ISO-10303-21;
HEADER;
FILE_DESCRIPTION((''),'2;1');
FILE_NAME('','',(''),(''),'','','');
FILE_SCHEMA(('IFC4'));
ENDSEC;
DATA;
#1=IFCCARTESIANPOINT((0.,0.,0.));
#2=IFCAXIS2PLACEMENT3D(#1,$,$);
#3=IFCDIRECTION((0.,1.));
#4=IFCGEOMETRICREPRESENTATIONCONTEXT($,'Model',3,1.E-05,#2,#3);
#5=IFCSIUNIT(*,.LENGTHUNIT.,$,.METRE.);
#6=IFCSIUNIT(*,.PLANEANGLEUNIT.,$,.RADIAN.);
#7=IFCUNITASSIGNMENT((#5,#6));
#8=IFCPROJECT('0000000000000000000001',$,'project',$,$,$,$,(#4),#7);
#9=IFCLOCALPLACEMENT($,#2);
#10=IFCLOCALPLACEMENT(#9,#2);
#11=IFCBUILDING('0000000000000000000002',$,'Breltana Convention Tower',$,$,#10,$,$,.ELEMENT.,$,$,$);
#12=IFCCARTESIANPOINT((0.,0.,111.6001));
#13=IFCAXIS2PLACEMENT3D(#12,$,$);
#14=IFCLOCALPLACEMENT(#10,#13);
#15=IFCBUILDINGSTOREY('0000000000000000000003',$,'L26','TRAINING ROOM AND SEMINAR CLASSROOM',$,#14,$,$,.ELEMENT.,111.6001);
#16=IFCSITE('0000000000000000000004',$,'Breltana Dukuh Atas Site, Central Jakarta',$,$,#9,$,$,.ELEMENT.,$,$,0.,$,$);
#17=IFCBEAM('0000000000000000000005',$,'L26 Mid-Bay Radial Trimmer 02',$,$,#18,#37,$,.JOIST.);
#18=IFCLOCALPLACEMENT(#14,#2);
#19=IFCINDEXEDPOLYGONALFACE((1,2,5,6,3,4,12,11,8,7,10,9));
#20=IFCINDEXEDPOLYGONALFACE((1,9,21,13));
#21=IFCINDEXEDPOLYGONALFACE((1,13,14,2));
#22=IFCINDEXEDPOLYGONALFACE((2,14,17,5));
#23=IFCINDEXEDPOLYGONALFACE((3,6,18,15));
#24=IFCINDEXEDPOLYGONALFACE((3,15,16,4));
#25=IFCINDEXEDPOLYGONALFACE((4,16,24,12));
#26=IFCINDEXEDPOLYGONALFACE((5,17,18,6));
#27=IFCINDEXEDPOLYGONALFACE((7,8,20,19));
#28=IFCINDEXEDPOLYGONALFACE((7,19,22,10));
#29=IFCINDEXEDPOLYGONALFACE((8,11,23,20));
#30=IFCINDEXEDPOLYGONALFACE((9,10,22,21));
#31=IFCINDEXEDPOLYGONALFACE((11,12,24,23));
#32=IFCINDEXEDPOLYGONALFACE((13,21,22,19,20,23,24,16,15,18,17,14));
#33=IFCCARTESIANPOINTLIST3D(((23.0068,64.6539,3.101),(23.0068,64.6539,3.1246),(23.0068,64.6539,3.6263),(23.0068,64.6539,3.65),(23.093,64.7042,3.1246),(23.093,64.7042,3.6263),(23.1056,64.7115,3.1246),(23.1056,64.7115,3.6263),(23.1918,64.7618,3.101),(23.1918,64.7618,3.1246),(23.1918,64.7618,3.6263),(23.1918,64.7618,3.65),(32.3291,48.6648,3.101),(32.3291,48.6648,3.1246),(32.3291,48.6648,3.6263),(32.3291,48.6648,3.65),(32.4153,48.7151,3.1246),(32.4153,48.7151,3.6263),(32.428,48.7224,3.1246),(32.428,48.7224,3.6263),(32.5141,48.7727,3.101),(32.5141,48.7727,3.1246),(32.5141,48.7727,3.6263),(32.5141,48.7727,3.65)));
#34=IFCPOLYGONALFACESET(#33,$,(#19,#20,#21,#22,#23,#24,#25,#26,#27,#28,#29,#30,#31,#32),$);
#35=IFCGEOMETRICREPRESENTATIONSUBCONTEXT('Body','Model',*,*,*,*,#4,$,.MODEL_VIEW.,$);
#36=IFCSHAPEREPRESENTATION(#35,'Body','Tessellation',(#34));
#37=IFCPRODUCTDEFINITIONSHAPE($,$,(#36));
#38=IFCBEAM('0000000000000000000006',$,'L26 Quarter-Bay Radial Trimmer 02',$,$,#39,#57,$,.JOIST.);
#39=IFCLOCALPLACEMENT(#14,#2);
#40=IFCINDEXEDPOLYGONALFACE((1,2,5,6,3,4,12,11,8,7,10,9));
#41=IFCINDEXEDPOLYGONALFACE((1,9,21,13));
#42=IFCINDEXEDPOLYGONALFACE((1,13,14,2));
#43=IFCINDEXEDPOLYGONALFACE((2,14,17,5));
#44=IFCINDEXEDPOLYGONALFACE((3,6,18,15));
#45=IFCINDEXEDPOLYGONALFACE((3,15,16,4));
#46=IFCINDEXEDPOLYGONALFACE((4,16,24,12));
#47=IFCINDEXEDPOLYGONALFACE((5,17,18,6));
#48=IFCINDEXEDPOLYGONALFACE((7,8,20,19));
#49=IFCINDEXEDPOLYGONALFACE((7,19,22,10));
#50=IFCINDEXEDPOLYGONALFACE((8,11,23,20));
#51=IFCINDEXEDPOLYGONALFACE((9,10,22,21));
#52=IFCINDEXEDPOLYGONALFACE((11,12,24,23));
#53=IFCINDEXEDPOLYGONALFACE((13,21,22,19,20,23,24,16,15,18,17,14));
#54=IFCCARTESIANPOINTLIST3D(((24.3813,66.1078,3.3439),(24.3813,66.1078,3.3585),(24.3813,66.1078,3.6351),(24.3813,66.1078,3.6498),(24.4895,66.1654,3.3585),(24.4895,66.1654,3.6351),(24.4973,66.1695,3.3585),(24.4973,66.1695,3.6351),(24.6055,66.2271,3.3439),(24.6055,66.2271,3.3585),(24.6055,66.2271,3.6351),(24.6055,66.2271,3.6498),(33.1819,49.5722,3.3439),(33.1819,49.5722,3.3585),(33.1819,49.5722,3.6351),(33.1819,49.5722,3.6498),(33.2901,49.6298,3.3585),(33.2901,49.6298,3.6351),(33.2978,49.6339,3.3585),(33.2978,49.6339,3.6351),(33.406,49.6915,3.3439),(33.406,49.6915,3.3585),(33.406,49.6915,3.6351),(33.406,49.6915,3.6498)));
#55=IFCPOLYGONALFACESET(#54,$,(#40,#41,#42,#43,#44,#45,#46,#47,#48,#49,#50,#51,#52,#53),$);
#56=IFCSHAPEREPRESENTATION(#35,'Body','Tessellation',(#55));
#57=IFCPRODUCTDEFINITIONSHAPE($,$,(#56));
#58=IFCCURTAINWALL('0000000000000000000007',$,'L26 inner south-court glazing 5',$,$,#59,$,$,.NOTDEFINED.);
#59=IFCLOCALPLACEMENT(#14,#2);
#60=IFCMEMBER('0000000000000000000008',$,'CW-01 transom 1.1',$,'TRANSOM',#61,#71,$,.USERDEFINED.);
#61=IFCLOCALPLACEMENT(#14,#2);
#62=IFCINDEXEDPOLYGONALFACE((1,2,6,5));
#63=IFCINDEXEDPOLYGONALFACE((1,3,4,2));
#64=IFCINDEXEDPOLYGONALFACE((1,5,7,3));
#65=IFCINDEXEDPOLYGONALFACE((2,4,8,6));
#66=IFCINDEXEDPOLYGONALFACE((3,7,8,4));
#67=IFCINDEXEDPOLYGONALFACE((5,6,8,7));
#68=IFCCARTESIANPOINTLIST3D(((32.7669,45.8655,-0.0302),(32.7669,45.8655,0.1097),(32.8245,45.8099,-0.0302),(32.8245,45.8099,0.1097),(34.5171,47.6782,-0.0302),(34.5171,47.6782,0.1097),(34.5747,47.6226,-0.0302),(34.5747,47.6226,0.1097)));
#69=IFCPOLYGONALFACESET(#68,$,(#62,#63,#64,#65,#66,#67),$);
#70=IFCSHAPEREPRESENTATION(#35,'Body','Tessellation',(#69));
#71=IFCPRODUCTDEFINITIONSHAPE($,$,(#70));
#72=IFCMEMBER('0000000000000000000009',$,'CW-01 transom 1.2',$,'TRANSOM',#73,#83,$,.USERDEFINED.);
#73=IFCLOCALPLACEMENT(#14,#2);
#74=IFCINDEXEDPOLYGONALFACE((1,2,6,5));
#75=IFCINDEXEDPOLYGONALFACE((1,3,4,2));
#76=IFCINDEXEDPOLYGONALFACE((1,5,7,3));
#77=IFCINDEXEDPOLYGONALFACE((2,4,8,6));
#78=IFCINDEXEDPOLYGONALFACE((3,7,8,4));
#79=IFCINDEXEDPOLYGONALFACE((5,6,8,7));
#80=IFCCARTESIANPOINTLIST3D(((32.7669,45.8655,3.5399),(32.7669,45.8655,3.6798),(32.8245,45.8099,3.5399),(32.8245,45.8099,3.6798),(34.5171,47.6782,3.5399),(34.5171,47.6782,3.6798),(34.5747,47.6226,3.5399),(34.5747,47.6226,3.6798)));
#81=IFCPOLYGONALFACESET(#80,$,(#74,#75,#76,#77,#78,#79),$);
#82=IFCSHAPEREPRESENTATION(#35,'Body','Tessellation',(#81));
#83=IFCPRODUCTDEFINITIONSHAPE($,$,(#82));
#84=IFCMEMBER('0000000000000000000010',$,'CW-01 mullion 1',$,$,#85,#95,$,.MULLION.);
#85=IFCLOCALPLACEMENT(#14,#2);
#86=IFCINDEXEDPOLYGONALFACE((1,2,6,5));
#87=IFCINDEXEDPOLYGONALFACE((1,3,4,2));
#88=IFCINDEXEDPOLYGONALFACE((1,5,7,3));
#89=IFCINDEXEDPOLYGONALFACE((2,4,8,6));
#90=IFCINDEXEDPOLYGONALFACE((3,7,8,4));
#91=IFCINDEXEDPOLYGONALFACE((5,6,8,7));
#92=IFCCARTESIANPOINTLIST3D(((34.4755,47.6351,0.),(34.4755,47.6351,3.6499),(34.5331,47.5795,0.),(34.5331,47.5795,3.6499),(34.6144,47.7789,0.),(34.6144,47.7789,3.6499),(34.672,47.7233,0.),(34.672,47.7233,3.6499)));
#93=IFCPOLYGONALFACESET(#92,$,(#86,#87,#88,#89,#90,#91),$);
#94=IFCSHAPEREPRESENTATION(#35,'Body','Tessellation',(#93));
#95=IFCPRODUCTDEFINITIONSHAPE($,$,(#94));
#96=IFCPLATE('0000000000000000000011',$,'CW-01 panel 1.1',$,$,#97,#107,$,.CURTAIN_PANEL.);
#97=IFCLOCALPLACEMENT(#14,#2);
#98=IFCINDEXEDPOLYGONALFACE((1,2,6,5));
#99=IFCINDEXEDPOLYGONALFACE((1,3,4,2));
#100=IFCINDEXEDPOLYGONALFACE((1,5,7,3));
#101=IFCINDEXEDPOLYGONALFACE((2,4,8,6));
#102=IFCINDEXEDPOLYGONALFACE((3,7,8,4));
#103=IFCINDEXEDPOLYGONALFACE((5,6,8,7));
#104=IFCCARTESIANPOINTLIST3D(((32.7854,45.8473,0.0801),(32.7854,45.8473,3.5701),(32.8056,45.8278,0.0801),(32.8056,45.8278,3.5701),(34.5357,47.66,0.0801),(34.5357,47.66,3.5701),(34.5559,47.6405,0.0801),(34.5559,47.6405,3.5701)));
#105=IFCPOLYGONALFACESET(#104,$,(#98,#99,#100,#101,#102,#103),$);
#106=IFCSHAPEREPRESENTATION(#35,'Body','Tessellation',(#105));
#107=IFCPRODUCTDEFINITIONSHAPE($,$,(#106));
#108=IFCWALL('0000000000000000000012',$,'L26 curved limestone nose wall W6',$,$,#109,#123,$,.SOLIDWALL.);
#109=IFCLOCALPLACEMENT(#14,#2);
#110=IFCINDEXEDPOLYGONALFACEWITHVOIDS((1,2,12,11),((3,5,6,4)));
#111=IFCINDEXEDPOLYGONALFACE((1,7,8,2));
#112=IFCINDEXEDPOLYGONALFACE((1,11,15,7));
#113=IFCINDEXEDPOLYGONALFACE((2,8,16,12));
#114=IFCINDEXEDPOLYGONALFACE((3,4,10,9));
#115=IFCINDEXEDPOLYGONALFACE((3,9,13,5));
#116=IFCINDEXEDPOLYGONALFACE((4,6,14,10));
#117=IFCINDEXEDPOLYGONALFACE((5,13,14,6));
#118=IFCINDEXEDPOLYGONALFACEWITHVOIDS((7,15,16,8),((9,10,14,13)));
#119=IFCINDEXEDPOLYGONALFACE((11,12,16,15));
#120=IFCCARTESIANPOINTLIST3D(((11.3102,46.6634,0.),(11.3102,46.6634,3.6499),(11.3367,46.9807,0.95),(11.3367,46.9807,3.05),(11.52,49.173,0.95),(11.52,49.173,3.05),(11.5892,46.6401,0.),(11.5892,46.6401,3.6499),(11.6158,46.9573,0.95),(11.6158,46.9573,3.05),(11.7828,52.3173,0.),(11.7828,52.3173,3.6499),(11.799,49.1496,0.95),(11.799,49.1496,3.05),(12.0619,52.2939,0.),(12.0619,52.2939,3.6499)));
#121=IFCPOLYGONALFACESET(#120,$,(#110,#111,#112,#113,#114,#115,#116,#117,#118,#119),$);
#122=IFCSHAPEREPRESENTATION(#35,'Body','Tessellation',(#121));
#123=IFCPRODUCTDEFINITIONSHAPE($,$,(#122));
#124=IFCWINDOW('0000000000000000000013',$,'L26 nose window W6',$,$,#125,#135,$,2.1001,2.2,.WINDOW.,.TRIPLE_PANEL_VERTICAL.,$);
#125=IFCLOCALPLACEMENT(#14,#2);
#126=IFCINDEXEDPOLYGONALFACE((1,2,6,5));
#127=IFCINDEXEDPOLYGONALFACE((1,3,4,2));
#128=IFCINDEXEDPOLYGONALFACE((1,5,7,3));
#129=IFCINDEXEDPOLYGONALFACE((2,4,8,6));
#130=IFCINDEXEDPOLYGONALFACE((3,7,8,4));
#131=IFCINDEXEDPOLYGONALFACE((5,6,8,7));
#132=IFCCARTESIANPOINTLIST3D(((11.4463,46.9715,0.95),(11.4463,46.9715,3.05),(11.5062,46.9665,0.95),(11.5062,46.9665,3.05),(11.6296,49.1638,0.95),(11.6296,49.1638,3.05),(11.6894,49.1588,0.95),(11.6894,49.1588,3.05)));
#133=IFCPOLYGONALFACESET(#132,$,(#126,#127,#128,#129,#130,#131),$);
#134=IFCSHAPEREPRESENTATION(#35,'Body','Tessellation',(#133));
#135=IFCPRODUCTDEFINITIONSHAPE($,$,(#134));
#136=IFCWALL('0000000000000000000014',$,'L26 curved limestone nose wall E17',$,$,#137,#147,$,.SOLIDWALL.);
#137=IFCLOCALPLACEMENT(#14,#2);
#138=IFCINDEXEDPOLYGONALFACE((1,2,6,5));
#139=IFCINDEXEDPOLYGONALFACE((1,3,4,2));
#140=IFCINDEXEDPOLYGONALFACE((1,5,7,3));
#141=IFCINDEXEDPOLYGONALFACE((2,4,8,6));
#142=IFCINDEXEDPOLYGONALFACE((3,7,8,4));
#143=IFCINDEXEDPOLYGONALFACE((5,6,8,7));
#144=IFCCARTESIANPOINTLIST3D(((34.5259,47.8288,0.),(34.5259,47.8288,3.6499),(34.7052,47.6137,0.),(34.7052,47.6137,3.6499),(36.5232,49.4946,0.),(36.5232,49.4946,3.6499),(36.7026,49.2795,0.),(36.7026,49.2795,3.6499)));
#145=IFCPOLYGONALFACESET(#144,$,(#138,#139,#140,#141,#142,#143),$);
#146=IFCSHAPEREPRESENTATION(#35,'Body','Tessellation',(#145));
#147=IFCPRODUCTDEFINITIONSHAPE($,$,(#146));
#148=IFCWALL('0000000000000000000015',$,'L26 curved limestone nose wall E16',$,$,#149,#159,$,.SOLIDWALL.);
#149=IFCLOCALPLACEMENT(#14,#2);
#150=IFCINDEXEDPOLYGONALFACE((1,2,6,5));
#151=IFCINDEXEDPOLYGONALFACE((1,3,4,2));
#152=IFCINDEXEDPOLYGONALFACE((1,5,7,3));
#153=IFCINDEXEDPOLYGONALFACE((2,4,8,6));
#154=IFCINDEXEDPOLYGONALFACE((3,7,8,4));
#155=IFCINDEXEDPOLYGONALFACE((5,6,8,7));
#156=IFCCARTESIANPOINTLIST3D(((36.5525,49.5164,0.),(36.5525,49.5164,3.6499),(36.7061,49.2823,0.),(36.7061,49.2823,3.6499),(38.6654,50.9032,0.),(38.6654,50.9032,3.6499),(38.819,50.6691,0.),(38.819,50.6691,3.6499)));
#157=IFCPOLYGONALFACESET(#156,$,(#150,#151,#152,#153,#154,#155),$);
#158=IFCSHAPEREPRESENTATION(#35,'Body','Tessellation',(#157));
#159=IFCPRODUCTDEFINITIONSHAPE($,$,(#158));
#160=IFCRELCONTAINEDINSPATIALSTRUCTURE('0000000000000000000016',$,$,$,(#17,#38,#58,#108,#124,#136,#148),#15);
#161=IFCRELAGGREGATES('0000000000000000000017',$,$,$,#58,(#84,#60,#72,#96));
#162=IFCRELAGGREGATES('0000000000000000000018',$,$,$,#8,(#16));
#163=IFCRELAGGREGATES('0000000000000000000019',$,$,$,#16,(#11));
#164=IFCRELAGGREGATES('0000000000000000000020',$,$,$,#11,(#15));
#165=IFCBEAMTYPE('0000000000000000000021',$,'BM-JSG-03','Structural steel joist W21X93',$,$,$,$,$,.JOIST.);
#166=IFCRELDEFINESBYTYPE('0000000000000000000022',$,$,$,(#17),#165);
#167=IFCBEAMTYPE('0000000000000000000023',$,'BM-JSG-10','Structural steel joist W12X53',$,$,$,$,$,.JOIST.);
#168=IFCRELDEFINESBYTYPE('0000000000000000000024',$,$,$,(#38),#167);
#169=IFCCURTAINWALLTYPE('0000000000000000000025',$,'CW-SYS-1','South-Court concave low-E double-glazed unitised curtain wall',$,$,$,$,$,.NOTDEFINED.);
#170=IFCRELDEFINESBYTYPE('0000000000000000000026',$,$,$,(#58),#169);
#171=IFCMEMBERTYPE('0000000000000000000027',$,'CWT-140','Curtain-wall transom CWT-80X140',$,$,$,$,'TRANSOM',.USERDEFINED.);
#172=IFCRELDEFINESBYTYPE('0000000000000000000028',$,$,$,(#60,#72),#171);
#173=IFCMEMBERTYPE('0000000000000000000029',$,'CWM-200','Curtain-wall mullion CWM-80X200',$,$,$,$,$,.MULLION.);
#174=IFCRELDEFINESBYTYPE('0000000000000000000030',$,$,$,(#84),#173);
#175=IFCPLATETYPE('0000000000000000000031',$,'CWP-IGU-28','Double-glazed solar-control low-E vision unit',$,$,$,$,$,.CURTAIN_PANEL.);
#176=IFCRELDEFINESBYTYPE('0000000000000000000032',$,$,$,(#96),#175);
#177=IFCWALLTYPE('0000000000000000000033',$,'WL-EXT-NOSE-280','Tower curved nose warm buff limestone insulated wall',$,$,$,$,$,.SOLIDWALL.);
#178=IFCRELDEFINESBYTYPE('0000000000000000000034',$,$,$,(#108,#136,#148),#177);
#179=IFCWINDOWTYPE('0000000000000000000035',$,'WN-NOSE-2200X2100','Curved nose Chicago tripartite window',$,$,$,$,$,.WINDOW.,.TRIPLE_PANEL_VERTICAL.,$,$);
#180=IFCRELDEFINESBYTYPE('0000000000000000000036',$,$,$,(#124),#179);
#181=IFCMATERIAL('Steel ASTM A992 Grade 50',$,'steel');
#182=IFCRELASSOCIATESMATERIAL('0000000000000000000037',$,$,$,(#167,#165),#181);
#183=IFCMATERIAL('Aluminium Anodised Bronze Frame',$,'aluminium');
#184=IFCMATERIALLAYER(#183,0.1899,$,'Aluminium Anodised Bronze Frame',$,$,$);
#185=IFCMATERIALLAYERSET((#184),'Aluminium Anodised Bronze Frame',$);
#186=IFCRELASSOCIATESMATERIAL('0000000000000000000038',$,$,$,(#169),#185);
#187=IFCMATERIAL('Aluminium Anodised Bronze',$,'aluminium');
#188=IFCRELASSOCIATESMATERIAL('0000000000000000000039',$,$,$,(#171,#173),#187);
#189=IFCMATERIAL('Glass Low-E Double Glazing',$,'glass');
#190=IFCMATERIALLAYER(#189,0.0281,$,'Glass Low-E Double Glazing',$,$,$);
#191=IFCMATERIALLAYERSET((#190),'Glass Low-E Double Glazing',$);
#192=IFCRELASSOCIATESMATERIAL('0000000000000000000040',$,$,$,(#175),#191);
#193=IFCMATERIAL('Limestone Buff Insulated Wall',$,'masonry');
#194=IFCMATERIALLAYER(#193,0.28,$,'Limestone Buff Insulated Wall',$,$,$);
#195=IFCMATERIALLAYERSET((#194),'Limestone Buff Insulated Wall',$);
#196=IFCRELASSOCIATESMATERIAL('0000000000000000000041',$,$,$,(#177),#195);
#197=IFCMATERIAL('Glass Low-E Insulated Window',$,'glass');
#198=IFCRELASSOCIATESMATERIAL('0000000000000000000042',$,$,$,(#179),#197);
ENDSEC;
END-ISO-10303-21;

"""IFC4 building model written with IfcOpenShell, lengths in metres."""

from ifc_helpers import new_model, si_unit, direction, frame, frame_2d, origin, origin_2d, place, context, subcontext, project, spatial, rectangle, i_section, extrude, source, transform, mapped, material, layer, layer_set, material_profile, profile_set, type_object, type_shapes, element, fill, aggregate, save


model = new_model("IFC4")

# Units and contexts
model_context = context("Model", 3, precision=1e-05, world=origin(), true_north=direction((0.0, 1.0)))
body_context = subcontext(model_context, "Body", "Model", "MODEL_VIEW")
ifc_project = project(units=[si_unit("LENGTHUNIT", "METRE"), si_unit("PLANEANGLEUNIT", "RADIAN")], contexts=[model_context])

# Site, building, storey
site_placement = place(None, origin())
site = spatial("IfcSite", under=ifc_project, at=site_placement, Name="Breltana Dukuh Atas Site, Central Jakarta", CompositionType="ELEMENT", RefElevation=0.0)
building_placement = place(site_placement, origin())
building = spatial("IfcBuilding", under=site, at=building_placement, Name="Breltana Convention Tower", CompositionType="ELEMENT")
storey_placement = place(building_placement, frame((0.0, 0.0, 111.6001)))
storey = spatial("IfcBuildingStorey", under=building, at=storey_placement, Name="L26", Description="TRAINING ROOM AND SEMINAR CLASSROOM", CompositionType="ELEMENT", Elevation=111.6001)

# Beams
ifc_material_1 = material(Name="Steel ASTM A992 Grade 50", Category="steel")
ifc_material_profile_1 = material_profile(ifc_material_1, i_section(OverallWidth=0.2539, OverallDepth=0.3059, WebThickness=0.0088, FlangeThickness=0.0146, at=origin_2d()), Name="W12X53")
ifc_profile_set_1 = profile_set([ifc_material_profile_1], Name="Steel ASTM A992 Grade 50")
beam_type_1 = type_object("IfcBeamType", Name="BM-JSG-10", Description="Structural steel joist W12X53", PredefinedType="JOIST", material=ifc_profile_set_1)
ifc_material_profile_2 = material_profile(ifc_material_1, i_section(OverallWidth=0.2141, OverallDepth=0.5491, WebThickness=0.0146, FlangeThickness=0.0237, at=origin_2d()), Name="W21X93")
ifc_profile_set_2 = profile_set([ifc_material_profile_2], Name="Steel ASTM A992 Grade 50")
beam_type_2 = type_object("IfcBeamType", Name="BM-JSG-03", Description="Structural steel joist W21X93", PredefinedType="JOIST", material=ifc_profile_set_2)
shared_shape_1 = source(origin(), body_context, "Body", "SweptSolid", [
    extrude(i_section(OverallWidth=0.2141, OverallDepth=0.5491, WebThickness=0.0146, FlangeThickness=0.0237, at=origin_2d()), origin(), (0.0, 0.0, 1.0), 18.5083),
])
beam_1_placement = place(storey_placement, frame((32.4216, 48.7188, 3.3755), z_axis=(-0.503683, 0.863888, 0.0), x_axis=(-0.863888, -0.503683, 0.0)))
element("IfcBeam", 1, at=beam_1_placement, inside=storey, type_object=beam_type_2, Name="L26 Mid-Bay Radial Trimmer 02", PredefinedType="JOIST", context=body_context, shape_type="MappedRepresentation", body=[
    mapped(shared_shape_1, transform((0.0, 0.0, 0.0), scale=1.0)),
])
shared_shape_2 = source(origin(), body_context, "Body", "SweptSolid", [
    extrude(i_section(OverallWidth=0.2539, OverallDepth=0.3059, WebThickness=0.0088, FlangeThickness=0.0146, at=origin_2d()), origin(), (0.0, 0.0, 1.0), 18.7317),
])
beam_2_placement = place(storey_placement, frame((33.2939, 49.6318, 3.4968), z_axis=(-0.46982, 0.882762, 0.0), x_axis=(-0.882762, -0.46982, 0.0)))
element("IfcBeam", 2, at=beam_2_placement, inside=storey, type_object=beam_type_1, Name="L26 Quarter-Bay Radial Trimmer 02", PredefinedType="JOIST", context=body_context, shape_type="MappedRepresentation", body=[
    mapped(shared_shape_2, transform((0.0, 0.0, 0.0), scale=1.0)),
])

# Curtain wall, members, plate
ifc_material_2 = material(Name="Aluminium Anodised Bronze Frame", Category="aluminium")
ifc_layer_1 = layer(ifc_material_2, 0.1899, Name="Aluminium Anodised Bronze Frame")
ifc_layer_set_1 = layer_set([ifc_layer_1], Name="Aluminium Anodised Bronze Frame")
curtain_wall_type = type_object("IfcCurtainWallType", Name="CW-SYS-1", Description="South-Court concave low-E double-glazed unitised curtain wall", PredefinedType="NOTDEFINED", material=ifc_layer_set_1)
curtain_wall_placement = place(storey_placement, origin())
curtain_wall = element("IfcCurtainWall", 3, at=curtain_wall_placement, inside=storey, type_object=curtain_wall_type, Name="L26 inner south-court glazing 5", PredefinedType="NOTDEFINED")
ifc_material_3 = material(Name="Aluminium Anodised Bronze", Category="aluminium")
ifc_material_profile_3 = material_profile(ifc_material_3, rectangle(XDim=0.0801, YDim=0.1399, at=origin_2d()), Name="CWT-80X140")
ifc_profile_set_3 = profile_set([ifc_material_profile_3], Name="Aluminium Anodised Bronze")
member_type_1 = type_object("IfcMemberType", Name="CWT-140", Description="Curtain-wall transom CWT-80X140", ElementType="TRANSOM", PredefinedType="USERDEFINED", material=ifc_profile_set_3)
shared_shape_3 = source(origin(), body_context, "Body", "SweptSolid", [
    extrude(rectangle(XDim=0.0801, YDim=0.1399, at=origin_2d()), origin(), (0.0, 0.0, 1.0), 2.5198),
])
member_1_placement = place(storey_placement, frame((34.5459, 47.6504, 0.0398), z_axis=(-0.694596, -0.7194, 0.0), x_axis=(0.7194, -0.694596, 0.0)))
member_1 = element("IfcMember", 4, at=member_1_placement, type_object=member_type_1, Name="CW-01 transom 1.1", ObjectType="TRANSOM", PredefinedType="USERDEFINED", context=body_context, shape_type="MappedRepresentation", body=[
    mapped(shared_shape_3, transform((0.0, 0.0, 0.0), scale=1.0)),
])
member_2_placement = place(storey_placement, frame((34.5459, 47.6504, 3.6099), z_axis=(-0.694596, -0.7194, 0.0), x_axis=(0.7194, -0.694596, 0.0)))
member_2 = element("IfcMember", 5, at=member_2_placement, type_object=member_type_1, Name="CW-01 transom 1.2", ObjectType="TRANSOM", PredefinedType="USERDEFINED", context=body_context, shape_type="MappedRepresentation", body=[
    mapped(shared_shape_3, transform((0.0, 0.0, 0.0), scale=1.0)),
])
ifc_material_profile_4 = material_profile(ifc_material_3, rectangle(XDim=0.0801, YDim=0.2, at=origin_2d()), Name="CWM-80X200")
ifc_profile_set_4 = profile_set([ifc_material_profile_4], Name="Aluminium Anodised Bronze")
member_type_2 = type_object("IfcMemberType", Name="CWM-200", Description="Curtain-wall mullion CWM-80X200", PredefinedType="MULLION", material=ifc_profile_set_4)
shared_shape_4 = source(origin(), body_context, "Body", "SweptSolid", [
    extrude(rectangle(XDim=0.0801, YDim=0.2, at=origin_2d()), origin(), (0.0, 0.0, 1.0), 3.6499),
])
member_3_placement = place(storey_placement, frame((34.5737, 47.6792, 0.0), z_axis=(0.0, 0.0, 1.0), x_axis=(0.719387, -0.694609, 0.0)))
member_3 = element("IfcMember", 6, at=member_3_placement, type_object=member_type_2, Name="CW-01 mullion 1", PredefinedType="MULLION", context=body_context, shape_type="MappedRepresentation", body=[
    mapped(shared_shape_4, transform((0.0, 0.0, 0.0), scale=1.0)),
])
ifc_material_4 = material(Name="Glass Low-E Double Glazing", Category="glass")
ifc_layer_2 = layer(ifc_material_4, 0.0281, Name="Glass Low-E Double Glazing")
ifc_layer_set_2 = layer_set([ifc_layer_2], Name="Glass Low-E Double Glazing")
plate_type = type_object("IfcPlateType", Name="CWP-IGU-28", Description="Double-glazed solar-control low-E vision unit", PredefinedType="CURTAIN_PANEL", material=ifc_layer_set_2)
shared_shape_5 = source(origin(), body_context, "Body", "SweptSolid", [
    extrude(rectangle(XDim=2.5198, YDim=0.0281, at=origin_2d()), origin(), (0.0, 0.0, 1.0), 3.49),
])
plate_placement = place(storey_placement, frame((33.6707, 46.7439, 0.0801), z_axis=(0.0, 0.0, 1.0), x_axis=(-0.694609, -0.719387, 0.0)))
plate = element("IfcPlate", 7, at=plate_placement, type_object=plate_type, Name="CW-01 panel 1.1", PredefinedType="CURTAIN_PANEL", context=body_context, shape_type="MappedRepresentation", body=[
    mapped(shared_shape_5, transform((0.0, 0.0, 0.0), scale=1.0)),
])
aggregate(curtain_wall, [member_3, member_1, member_2, plate])

# Wall, opening, window
ifc_material_5 = material(Name="Limestone Buff Insulated Wall", Category="masonry")
ifc_layer_3 = layer(ifc_material_5, 0.28, Name="Limestone Buff Insulated Wall")
ifc_layer_set_3 = layer_set([ifc_layer_3], Name="Limestone Buff Insulated Wall")
wall_type_1 = type_object("IfcWallType", Name="WL-EXT-NOSE-280", Description="Tower curved nose warm buff limestone insulated wall", PredefinedType="SOLIDWALL", material=ifc_layer_set_3)
shared_shape_6 = source(origin(), body_context, "Body", "SweptSolid", [
    extrude(rectangle(XDim=5.6736, YDim=0.28, at=frame_2d((2.8369, 0.0))), origin(), (0.0, 0.0, 1.0), 3.6499),
])
wall_1_placement = place(storey_placement, frame((11.4497, 46.6516, 0.0), z_axis=(0.0, 0.0, 1.0), x_axis=(0.083309, 0.996524, 0.0)))
wall_1 = element("IfcWall", 8, at=wall_1_placement, inside=storey, type_object=wall_type_1, Name="L26 curved limestone nose wall W6", PredefinedType="SOLIDWALL", context=body_context, shape_type="MappedRepresentation", body=[
    mapped(shared_shape_6, transform((0.0, 0.0, 0.0), scale=1.0)),
])
opening_placement = place(wall_1_placement, frame((0.3184, 0.0, 0.95)))
opening = element("IfcOpeningElement", 9, at=opening_placement, cuts=wall_1, PredefinedType="OPENING", context=body_context, shape_type="SweptSolid", body=[
    extrude(rectangle(XDim=2.2, YDim=2.1001, at=frame_2d((1.1001, 1.05))), frame((0.0, 0.1499, 0.0), z_axis=(0.0, -1.0, 0.0), x_axis=(1.0, 0.0, 0.0)), (0.0, 0.0, 1.0), 0.3),
])
ifc_material_6 = material(Name="Glass Low-E Insulated Window", Category="glass")
window_type = type_object("IfcWindowType", Name="WN-NOSE-2200X2100", Description="Curved nose Chicago tripartite window", PartitioningType="TRIPLE_PANEL_VERTICAL", PredefinedType="WINDOW", material=ifc_material_6)
shared_shape_7 = source(origin(), body_context, "Body", "SweptSolid", [
    extrude(rectangle(XDim=2.2, YDim=2.1001, at=frame_2d((1.1001, 1.05))), frame((0.0, 0.03, 0.0), z_axis=(0.0, -1.0, 0.0), x_axis=(1.0, 0.0, 0.0)), (0.0, 0.0, 1.0), 0.0601),
])
type_shapes(window_type, [shared_shape_7])
window_placement = place(opening_placement, origin())
window = element("IfcWindow", 10, at=window_placement, inside=storey, type_object=window_type, Name="L26 nose window W6", OverallHeight=2.1001, OverallWidth=2.2, PartitioningType="TRIPLE_PANEL_VERTICAL", PredefinedType="WINDOW", context=body_context, shape_type="MappedRepresentation", body=[
    mapped(shared_shape_7, transform((0.0, 0.0, 0.0), scale=1.0)),
])
fill(opening, window)

# Walls
shared_shape_8 = source(origin(), body_context, "Body", "SweptSolid", [
    extrude(rectangle(XDim=2.6008, YDim=0.28, at=frame_2d((1.3003, 0.0))), origin(), (0.0, 0.0, 1.0), 3.6499),
])
wall_2_placement = place(storey_placement, frame((36.6128, 49.387, 0.0), z_axis=(0.0, 0.0, 1.0), x_axis=(-0.767967, -0.640489, 0.0)))
element("IfcWall", 11, at=wall_2_placement, inside=storey, type_object=wall_type_1, Name="L26 curved limestone nose wall E17", PredefinedType="SOLIDWALL", context=body_context, shape_type="MappedRepresentation", body=[
    mapped(shared_shape_8, transform((0.0, 0.0, 0.0), scale=1.0)),
])
shared_shape_9 = source(origin(), body_context, "Body", "SweptSolid", [
    extrude(rectangle(XDim=2.5273, YDim=0.28, at=frame_2d((1.2637, 0.0))), origin(), (0.0, 0.0, 1.0), 3.6499),
])
wall_3_placement = place(storey_placement, frame((38.7422, 50.7861, 0.0), z_axis=(0.0, 0.0, 1.0), x_axis=(-0.836012, -0.548711, 0.0)))
element("IfcWall", 12, at=wall_3_placement, inside=storey, type_object=wall_type_1, Name="L26 curved limestone nose wall E16", PredefinedType="SOLIDWALL", context=body_context, shape_type="MappedRepresentation", body=[
    mapped(shared_shape_9, transform((0.0, 0.0, 0.0), scale=1.0)),
])

save(model, "model.ifc")
